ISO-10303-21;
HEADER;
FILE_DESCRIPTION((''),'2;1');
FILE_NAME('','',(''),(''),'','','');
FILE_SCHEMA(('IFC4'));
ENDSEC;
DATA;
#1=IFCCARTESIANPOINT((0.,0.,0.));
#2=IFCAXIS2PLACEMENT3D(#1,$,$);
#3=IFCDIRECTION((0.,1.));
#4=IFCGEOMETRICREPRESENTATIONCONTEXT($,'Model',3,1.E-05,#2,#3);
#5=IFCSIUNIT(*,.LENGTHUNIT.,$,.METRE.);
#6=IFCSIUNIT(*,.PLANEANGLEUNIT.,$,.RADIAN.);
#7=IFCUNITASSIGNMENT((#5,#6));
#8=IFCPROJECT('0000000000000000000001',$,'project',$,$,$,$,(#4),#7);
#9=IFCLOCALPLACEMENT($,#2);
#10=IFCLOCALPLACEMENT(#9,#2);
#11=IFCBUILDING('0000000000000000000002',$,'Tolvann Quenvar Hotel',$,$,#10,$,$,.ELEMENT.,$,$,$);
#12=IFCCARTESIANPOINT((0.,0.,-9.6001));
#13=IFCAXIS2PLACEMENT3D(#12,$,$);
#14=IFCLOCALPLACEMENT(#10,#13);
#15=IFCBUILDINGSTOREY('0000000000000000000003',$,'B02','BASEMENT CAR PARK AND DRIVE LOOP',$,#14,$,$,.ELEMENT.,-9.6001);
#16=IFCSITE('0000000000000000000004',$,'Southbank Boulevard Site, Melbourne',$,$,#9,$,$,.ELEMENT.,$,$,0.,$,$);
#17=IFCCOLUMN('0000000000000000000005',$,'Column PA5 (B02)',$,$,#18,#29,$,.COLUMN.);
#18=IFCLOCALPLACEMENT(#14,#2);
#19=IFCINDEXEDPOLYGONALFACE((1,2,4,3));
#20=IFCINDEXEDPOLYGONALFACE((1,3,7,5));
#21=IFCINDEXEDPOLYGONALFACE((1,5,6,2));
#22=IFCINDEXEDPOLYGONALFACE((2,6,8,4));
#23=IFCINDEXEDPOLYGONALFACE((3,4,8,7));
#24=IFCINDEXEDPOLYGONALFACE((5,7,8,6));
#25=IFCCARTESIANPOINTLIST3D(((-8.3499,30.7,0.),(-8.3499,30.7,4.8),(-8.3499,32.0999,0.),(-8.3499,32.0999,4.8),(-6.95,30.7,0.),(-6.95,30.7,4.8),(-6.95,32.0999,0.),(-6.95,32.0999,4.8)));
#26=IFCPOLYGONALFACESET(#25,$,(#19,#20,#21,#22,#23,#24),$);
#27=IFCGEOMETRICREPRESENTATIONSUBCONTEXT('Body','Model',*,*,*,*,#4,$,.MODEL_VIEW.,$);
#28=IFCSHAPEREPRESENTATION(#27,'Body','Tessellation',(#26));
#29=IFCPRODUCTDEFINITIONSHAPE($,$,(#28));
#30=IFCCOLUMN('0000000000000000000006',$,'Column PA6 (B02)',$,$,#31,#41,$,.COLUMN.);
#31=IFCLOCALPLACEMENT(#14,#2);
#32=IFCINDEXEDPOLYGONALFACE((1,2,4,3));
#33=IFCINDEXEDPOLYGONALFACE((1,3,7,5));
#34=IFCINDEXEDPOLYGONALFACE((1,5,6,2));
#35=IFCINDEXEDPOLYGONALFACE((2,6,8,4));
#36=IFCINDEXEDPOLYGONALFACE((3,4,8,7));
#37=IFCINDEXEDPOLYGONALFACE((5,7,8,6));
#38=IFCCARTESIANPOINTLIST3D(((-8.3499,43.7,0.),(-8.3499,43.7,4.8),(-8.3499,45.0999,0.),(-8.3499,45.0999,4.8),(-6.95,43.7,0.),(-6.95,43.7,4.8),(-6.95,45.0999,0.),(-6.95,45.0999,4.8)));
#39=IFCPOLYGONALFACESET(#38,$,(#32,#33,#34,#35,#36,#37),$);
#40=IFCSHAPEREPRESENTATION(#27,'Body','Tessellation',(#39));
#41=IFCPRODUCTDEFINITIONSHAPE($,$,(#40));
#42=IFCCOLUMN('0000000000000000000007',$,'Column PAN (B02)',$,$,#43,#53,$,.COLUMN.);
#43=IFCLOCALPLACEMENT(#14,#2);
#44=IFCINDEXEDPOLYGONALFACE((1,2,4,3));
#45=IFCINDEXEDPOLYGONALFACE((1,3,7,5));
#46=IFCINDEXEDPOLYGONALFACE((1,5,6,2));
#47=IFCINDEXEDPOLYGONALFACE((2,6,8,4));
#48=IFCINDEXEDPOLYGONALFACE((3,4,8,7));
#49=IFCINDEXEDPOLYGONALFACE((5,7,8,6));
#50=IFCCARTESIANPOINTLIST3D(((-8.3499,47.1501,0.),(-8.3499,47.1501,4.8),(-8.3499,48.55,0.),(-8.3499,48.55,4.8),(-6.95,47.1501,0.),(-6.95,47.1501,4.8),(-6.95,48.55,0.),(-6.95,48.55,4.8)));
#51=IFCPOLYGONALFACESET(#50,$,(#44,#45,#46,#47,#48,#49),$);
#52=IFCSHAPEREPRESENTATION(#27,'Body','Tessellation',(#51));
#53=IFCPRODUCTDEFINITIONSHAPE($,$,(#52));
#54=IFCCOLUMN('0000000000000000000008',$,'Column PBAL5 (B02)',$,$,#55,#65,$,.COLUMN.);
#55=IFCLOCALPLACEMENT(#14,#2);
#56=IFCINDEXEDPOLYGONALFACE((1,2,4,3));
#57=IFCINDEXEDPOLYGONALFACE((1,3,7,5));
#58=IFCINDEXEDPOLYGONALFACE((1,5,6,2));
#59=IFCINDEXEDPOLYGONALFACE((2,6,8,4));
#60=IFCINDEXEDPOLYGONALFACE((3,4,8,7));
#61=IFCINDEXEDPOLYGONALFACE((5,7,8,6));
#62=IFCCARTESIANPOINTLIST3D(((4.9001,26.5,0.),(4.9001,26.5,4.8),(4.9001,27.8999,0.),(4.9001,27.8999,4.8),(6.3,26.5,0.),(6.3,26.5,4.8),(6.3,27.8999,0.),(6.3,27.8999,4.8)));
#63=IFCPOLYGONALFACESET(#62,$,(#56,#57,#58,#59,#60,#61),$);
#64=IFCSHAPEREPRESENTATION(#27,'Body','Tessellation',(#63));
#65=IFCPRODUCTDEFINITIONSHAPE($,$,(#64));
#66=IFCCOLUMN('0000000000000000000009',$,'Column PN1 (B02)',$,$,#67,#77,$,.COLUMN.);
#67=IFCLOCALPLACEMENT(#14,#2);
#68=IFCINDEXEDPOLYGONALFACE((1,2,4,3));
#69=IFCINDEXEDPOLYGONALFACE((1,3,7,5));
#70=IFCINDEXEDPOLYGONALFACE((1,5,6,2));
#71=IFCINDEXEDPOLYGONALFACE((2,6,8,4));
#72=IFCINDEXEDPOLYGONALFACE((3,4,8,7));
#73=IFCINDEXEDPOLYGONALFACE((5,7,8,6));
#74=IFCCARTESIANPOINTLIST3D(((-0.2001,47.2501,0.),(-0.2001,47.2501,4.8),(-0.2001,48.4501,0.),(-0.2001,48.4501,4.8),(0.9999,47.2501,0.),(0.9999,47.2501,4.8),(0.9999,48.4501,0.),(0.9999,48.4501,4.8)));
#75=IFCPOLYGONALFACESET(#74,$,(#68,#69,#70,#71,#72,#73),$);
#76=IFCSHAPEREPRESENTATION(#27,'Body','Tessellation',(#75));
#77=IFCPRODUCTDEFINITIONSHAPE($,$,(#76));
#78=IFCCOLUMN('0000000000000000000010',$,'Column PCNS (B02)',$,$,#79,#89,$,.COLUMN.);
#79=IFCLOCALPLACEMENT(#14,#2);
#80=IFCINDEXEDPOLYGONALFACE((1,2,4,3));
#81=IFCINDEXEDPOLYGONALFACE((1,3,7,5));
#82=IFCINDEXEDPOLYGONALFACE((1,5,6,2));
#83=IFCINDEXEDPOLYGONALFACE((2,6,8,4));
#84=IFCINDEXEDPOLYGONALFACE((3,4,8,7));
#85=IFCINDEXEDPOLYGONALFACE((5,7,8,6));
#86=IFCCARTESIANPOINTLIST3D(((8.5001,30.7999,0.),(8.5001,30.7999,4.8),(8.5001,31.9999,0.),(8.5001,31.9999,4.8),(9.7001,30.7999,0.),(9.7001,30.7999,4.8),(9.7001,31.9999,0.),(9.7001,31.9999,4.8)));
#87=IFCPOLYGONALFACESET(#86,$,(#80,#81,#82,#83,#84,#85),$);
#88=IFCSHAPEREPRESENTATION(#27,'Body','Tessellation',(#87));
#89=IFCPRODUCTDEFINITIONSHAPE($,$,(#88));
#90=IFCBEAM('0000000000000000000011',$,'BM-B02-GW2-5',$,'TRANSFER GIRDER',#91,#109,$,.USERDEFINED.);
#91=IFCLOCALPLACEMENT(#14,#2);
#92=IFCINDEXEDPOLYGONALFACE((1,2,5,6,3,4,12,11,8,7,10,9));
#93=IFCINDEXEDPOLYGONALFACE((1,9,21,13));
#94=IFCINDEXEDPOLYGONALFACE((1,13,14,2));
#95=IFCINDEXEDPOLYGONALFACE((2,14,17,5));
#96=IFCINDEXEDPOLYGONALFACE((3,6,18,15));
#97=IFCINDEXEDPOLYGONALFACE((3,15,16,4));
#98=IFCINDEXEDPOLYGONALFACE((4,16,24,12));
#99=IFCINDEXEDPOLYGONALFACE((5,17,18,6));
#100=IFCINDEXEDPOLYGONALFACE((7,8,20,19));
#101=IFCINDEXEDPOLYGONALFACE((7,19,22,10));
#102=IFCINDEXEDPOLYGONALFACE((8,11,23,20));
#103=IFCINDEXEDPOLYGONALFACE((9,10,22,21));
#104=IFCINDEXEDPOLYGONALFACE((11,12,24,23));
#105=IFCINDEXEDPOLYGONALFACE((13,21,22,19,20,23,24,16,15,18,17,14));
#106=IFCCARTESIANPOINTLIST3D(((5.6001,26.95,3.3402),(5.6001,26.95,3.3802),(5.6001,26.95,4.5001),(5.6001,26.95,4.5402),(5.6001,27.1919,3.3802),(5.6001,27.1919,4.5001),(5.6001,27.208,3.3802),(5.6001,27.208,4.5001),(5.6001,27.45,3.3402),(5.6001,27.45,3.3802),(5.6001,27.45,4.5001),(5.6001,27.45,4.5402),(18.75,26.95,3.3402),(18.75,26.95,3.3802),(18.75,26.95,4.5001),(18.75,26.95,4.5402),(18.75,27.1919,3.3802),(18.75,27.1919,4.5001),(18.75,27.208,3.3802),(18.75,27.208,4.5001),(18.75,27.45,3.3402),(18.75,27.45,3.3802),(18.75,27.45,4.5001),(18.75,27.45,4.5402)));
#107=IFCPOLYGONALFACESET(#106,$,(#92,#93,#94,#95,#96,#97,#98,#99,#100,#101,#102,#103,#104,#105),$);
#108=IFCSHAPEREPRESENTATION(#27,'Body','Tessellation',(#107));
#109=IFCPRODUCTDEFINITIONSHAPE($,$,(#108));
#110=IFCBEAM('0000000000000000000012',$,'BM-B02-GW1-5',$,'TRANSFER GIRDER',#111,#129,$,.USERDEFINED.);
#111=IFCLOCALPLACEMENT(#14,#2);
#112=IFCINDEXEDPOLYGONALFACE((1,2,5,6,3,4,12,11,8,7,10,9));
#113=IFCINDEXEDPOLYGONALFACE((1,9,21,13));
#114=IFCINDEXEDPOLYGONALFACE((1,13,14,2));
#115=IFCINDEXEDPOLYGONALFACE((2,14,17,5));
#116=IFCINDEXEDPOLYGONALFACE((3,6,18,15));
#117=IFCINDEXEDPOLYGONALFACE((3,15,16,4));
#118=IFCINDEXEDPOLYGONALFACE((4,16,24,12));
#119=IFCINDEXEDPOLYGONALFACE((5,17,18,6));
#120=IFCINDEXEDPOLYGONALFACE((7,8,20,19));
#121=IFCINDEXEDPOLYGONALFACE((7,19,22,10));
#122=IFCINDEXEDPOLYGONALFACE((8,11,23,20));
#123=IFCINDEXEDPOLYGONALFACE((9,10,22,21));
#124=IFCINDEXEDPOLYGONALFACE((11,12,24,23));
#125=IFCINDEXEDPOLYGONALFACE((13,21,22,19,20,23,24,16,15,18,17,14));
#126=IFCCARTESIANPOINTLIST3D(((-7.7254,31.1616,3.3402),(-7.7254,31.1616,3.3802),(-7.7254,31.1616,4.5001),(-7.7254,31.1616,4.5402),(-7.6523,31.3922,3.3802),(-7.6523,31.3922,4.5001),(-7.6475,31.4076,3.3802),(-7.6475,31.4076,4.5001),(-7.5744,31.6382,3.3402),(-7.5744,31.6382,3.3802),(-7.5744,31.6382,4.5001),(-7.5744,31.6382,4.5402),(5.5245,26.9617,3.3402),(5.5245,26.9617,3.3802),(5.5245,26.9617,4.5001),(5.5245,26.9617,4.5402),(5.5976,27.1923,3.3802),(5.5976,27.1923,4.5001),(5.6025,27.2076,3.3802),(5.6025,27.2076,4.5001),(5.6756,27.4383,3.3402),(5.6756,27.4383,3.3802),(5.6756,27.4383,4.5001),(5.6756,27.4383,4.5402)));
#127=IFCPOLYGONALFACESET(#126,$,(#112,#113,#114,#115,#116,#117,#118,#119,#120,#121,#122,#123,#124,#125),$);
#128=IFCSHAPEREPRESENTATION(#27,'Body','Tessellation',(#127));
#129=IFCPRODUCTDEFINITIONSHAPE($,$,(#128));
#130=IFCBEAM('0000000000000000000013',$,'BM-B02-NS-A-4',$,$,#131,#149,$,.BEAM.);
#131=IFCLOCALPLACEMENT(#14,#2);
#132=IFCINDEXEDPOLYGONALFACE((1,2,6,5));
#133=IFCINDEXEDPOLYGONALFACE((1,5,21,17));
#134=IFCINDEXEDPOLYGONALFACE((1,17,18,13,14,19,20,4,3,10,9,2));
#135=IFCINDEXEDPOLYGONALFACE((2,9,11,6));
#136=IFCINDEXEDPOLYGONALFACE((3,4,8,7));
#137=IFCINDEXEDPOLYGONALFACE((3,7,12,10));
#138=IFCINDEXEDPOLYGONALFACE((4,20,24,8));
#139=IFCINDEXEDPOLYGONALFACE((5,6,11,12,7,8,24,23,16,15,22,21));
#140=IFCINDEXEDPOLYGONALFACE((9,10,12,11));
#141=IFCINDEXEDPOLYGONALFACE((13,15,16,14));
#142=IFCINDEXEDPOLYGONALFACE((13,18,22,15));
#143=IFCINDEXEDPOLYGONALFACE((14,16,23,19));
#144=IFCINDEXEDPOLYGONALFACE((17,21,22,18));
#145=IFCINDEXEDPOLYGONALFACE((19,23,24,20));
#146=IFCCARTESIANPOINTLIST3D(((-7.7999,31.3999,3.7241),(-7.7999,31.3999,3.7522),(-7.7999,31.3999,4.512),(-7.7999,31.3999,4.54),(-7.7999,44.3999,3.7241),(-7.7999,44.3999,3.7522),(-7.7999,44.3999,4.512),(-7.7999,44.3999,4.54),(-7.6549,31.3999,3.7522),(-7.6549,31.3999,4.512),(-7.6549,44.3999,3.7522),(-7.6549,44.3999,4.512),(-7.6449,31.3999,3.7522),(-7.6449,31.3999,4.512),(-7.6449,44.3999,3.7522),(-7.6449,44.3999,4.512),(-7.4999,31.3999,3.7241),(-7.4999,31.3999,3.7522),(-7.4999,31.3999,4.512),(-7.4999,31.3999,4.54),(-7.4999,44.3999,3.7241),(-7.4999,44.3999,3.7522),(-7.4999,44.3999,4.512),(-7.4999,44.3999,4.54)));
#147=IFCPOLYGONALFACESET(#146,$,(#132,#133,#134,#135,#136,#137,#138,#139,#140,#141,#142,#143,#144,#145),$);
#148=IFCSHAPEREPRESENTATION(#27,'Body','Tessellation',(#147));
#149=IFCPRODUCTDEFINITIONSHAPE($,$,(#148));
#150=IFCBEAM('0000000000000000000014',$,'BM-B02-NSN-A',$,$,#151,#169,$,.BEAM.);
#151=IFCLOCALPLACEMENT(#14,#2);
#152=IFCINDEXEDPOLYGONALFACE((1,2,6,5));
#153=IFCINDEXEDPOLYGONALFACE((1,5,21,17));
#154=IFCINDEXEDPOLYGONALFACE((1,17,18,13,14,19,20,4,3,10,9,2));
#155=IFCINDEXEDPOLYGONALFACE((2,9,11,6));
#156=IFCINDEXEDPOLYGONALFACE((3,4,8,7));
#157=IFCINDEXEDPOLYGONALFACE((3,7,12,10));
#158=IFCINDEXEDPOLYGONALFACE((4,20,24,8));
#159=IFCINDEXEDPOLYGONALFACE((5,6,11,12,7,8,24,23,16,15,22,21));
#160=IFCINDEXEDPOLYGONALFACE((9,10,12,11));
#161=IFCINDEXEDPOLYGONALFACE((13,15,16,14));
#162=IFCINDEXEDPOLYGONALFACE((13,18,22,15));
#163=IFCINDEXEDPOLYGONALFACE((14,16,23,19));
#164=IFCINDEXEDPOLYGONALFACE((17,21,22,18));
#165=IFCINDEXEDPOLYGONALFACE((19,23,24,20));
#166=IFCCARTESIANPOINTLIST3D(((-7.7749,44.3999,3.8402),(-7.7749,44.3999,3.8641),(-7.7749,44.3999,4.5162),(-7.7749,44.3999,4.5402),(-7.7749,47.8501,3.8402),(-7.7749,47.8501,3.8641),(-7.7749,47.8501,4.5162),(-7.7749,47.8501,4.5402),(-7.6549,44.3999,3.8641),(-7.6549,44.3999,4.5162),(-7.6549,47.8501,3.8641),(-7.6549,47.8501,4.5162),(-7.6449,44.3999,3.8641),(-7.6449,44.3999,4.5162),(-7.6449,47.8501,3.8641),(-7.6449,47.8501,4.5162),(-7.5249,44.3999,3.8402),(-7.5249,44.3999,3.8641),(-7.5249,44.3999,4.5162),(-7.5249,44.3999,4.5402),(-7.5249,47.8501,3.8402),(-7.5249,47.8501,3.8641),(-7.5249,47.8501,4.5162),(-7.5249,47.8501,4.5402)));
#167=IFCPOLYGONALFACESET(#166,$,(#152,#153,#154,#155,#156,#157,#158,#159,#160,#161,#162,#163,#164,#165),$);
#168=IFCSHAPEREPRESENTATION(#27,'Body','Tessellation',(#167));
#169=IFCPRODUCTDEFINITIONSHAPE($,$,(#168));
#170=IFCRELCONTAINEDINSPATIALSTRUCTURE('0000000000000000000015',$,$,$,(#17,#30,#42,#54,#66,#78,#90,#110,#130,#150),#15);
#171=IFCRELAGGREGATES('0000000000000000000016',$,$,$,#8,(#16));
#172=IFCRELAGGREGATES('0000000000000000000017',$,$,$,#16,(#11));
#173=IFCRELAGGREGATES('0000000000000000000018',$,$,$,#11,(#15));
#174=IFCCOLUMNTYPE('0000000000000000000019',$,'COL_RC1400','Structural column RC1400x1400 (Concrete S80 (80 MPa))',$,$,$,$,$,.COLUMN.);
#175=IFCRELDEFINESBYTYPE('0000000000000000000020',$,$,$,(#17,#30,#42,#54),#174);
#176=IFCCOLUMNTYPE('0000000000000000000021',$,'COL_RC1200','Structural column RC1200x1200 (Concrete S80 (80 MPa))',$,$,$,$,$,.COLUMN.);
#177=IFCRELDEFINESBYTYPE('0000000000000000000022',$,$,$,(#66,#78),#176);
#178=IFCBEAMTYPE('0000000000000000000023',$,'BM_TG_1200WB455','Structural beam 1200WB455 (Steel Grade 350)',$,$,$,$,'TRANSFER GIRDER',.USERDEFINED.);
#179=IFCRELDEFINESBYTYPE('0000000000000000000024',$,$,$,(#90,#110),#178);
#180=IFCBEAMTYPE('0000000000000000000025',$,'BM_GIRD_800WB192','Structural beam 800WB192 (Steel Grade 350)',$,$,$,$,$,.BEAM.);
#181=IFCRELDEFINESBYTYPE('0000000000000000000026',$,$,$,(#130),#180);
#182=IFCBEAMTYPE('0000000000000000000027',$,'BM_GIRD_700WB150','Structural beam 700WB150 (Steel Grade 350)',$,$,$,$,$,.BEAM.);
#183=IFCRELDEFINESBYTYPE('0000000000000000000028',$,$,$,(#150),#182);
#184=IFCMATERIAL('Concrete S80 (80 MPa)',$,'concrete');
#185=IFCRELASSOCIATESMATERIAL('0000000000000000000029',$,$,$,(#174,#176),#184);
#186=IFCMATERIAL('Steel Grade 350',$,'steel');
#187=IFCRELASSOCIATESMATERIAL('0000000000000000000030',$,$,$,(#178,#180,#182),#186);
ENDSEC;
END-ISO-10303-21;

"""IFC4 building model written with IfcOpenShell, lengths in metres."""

from ifc_helpers import new_model, si_unit, direction, frame, origin, origin_2d, place, context, subcontext, project, spatial, rectangle, i_section, extrude, source, transform, mapped, material, material_profile, profile_set, type_object, type_shapes, element, save


model = new_model("IFC4")

# Units and contexts
model_context = context("Model", 3, precision=1e-05, world=origin(), true_north=direction((0.0, 1.0)))
body_context = subcontext(model_context, "Body", "Model", "MODEL_VIEW")
ifc_project = project(units=[si_unit("LENGTHUNIT", "METRE"), si_unit("PLANEANGLEUNIT", "RADIAN")], contexts=[model_context])

# Site, building, storey
site_placement = place(None, origin())
site = spatial("IfcSite", under=ifc_project, at=site_placement, Name="Southbank Boulevard Site, Melbourne", CompositionType="ELEMENT", RefElevation=0.0)
building_placement = place(site_placement, origin())
building = spatial("IfcBuilding", under=site, at=building_placement, Name="Tolvann Quenvar Hotel", CompositionType="ELEMENT")
storey_placement = place(building_placement, frame((0.0, 0.0, -9.6001)))
storey = spatial("IfcBuildingStorey", under=building, at=storey_placement, Name="B02", Description="BASEMENT CAR PARK AND DRIVE LOOP", CompositionType="ELEMENT", Elevation=-9.6001)

# Columns
ifc_material_1 = material(Name="Concrete S80 (80 MPa)", Category="concrete")
ifc_material_profile_1 = material_profile(ifc_material_1, rectangle(XDim=1.3999, YDim=1.3999, at=origin_2d()), Name="RC1400x1400")
ifc_profile_set_1 = profile_set([ifc_material_profile_1], Name="Concrete S80 (80 MPa)")
column_type_1 = type_object("IfcColumnType", Name="COL_RC1400", Description="Structural column RC1400x1400 (Concrete S80 (80 MPa))", PredefinedType="COLUMN", material=ifc_profile_set_1)
shared_shape_1 = source(origin(), body_context, "Body", "SweptSolid", [
    extrude(rectangle(XDim=1.3999, YDim=1.3999, at=origin_2d()), origin(), (0.0, 0.0, 1.0), 4.8),
])
type_shapes(column_type_1, [shared_shape_1])
for number, where, z_axis, x_axis, name in (
    (1, (-7.6499, 31.3999, 0.0), (0.0, 0.0, 1.0), (1.0, 0.0, 0.0), "Column PA5 (B02)"),
    (2, (-7.6499, 44.3999, 0.0), (0.0, 0.0, 1.0), (1.0, 0.0, 0.0), "Column PA6 (B02)"),
    (3, (-7.6499, 47.8501, 0.0), (0.0, 0.0, 1.0), (1.0, 0.0, 0.0), "Column PAN (B02)"),
    (4, (5.6001, 27.2, 0.0), (0.0, 0.0, 1.0), (1.0, 0.0, 0.0), "Column PBAL5 (B02)"),
):
    element("IfcColumn", number, at=place(storey_placement, frame(where, z_axis=z_axis, x_axis=x_axis)), inside=storey, type_object=column_type_1, Name=name, PredefinedType="COLUMN", context=body_context, shape_type="MappedRepresentation", body=[
        mapped(shared_shape_1, transform((0.0, 0.0, 0.0), x_axis=(1.0, 0.0, 0.0), y_axis=(0.0, 1.0, 0.0), z_axis=(0.0, 0.0, 1.0), scale=1.0)),
    ])
ifc_material_profile_2 = material_profile(ifc_material_1, rectangle(XDim=1.2, YDim=1.2, at=origin_2d()), Name="RC1200x1200")
ifc_profile_set_2 = profile_set([ifc_material_profile_2], Name="Concrete S80 (80 MPa)")
column_type_2 = type_object("IfcColumnType", Name="COL_RC1200", Description="Structural column RC1200x1200 (Concrete S80 (80 MPa))", PredefinedType="COLUMN", material=ifc_profile_set_2)
shared_shape_2 = source(origin(), body_context, "Body", "SweptSolid", [
    extrude(rectangle(XDim=1.2, YDim=1.2, at=origin_2d()), origin(), (0.0, 0.0, 1.0), 4.8),
])
type_shapes(column_type_2, [shared_shape_2])
for number, where, z_axis, x_axis, name in (
    (5, (0.3999, 47.8501, 0.0), (0.0, 0.0, 1.0), (1.0, 0.0, 0.0), "Column PN1 (B02)"),
    (6, (9.1001, 31.3999, 0.0), (0.0, 0.0, 1.0), (1.0, 0.0, 0.0), "Column PCNS (B02)"),
):
    element("IfcColumn", number, at=place(storey_placement, frame(where, z_axis=z_axis, x_axis=x_axis)), inside=storey, type_object=column_type_2, Name=name, PredefinedType="COLUMN", context=body_context, shape_type="MappedRepresentation", body=[
        mapped(shared_shape_2, transform((0.0, 0.0, 0.0), x_axis=(1.0, 0.0, 0.0), y_axis=(0.0, 1.0, 0.0), z_axis=(0.0, 0.0, 1.0), scale=1.0)),
    ])

# Beams
ifc_material_2 = material(Name="Steel Grade 350", Category="steel")
ifc_material_profile_3 = material_profile(ifc_material_2, i_section(OverallWidth=0.5, OverallDepth=1.2, WebThickness=0.0161, FlangeThickness=0.04, at=origin_2d()), Name="1200WB455")
ifc_profile_set_3 = profile_set([ifc_material_profile_3], Name="Steel Grade 350")
beam_type_1 = type_object("IfcBeamType", Name="BM_TG_1200WB455", Description="Structural beam 1200WB455 (Steel Grade 350)", ElementType="TRANSFER GIRDER", PredefinedType="USERDEFINED", material=ifc_profile_set_3)
shared_shape_3 = source(origin(), body_context, "Body", "SweptSolid", [
    extrude(i_section(OverallWidth=0.5, OverallDepth=1.2, WebThickness=0.0161, FlangeThickness=0.04, at=origin_2d()), origin(), (0.0, 0.0, 1.0), 13.1499),
])
beam_1_placement = place(storey_placement, frame((5.6001, 27.2, 3.9402), z_axis=(1.0, 0.0, 0.0), x_axis=(0.0, 1.0, 0.0)))
element("IfcBeam", 7, at=beam_1_placement, inside=storey, type_object=beam_type_1, Name="BM-B02-GW2-5", ObjectType="TRANSFER GIRDER", PredefinedType="USERDEFINED", context=body_context, shape_type="MappedRepresentation", body=[
    mapped(shared_shape_3, transform((0.0, 0.0, 0.0), x_axis=(1.0, 0.0, 0.0), y_axis=(0.0, 1.0, 0.0), z_axis=(0.0, 0.0, 1.0), scale=1.0)),
])
shared_shape_4 = source(origin(), body_context, "Body", "SweptSolid", [
    extrude(i_section(OverallWidth=0.5, OverallDepth=1.2, WebThickness=0.0161, FlangeThickness=0.04, at=origin_2d()), origin(), (0.0, 0.0, 1.0), 13.8997),
])
type_shapes(beam_type_1, [shared_shape_3, shared_shape_4])
beam_2_placement = place(storey_placement, frame((-7.6499, 31.3999, 3.9402), z_axis=(0.953257, -0.302161, 0.0), x_axis=(0.302161, 0.953257, 0.0)))
element("IfcBeam", 8, at=beam_2_placement, inside=storey, type_object=beam_type_1, Name="BM-B02-GW1-5", ObjectType="TRANSFER GIRDER", PredefinedType="USERDEFINED", context=body_context, shape_type="MappedRepresentation", body=[
    mapped(shared_shape_4, transform((0.0, 0.0, 0.0), x_axis=(1.0, 0.0, 0.0), y_axis=(0.0, 1.0, 0.0), z_axis=(0.0, 0.0, 1.0), scale=1.0)),
])
ifc_material_profile_4 = material_profile(ifc_material_2, i_section(OverallWidth=0.3, OverallDepth=0.8159, WebThickness=0.01, FlangeThickness=0.0281, at=origin_2d()), Name="800WB192")
ifc_profile_set_4 = profile_set([ifc_material_profile_4], Name="Steel Grade 350")
beam_type_2 = type_object("IfcBeamType", Name="BM_GIRD_800WB192", Description="Structural beam 800WB192 (Steel Grade 350)", PredefinedType="BEAM", material=ifc_profile_set_4)
shared_shape_5 = source(origin(), body_context, "Body", "SweptSolid", [
    extrude(i_section(OverallWidth=0.3, OverallDepth=0.8159, WebThickness=0.01, FlangeThickness=0.0281, at=origin_2d()), origin(), (0.0, 0.0, 1.0), 13.0),
])
beam_3_placement = place(storey_placement, frame((-7.6499, 31.3999, 4.1321), z_axis=(0.0, 1.0, 0.0), x_axis=(-1.0, 0.0, 0.0)))
element("IfcBeam", 9, at=beam_3_placement, inside=storey, type_object=beam_type_2, Name="BM-B02-NS-A-4", PredefinedType="BEAM", context=body_context, shape_type="MappedRepresentation", body=[
    mapped(shared_shape_5, transform((0.0, 0.0, 0.0), x_axis=(1.0, 0.0, 0.0), y_axis=(0.0, 1.0, 0.0), z_axis=(0.0, 0.0, 1.0), scale=1.0)),
])
ifc_material_profile_5 = material_profile(ifc_material_2, i_section(OverallWidth=0.25, OverallDepth=0.7, WebThickness=0.01, FlangeThickness=0.0239, at=origin_2d()), Name="700WB150")
ifc_profile_set_5 = profile_set([ifc_material_profile_5], Name="Steel Grade 350")
beam_type_3 = type_object("IfcBeamType", Name="BM_GIRD_700WB150", Description="Structural beam 700WB150 (Steel Grade 350)", PredefinedType="BEAM", material=ifc_profile_set_5)
shared_shape_6 = source(origin(), body_context, "Body", "SweptSolid", [
    extrude(i_section(OverallWidth=0.25, OverallDepth=0.7, WebThickness=0.01, FlangeThickness=0.0239, at=origin_2d()), origin(), (0.0, 0.0, 1.0), 3.4502),
])
beam_4_placement = place(storey_placement, frame((-7.6499, 44.3999, 4.1902), z_axis=(0.0, 1.0, 0.0), x_axis=(-1.0, 0.0, 0.0)))
element("IfcBeam", 10, at=beam_4_placement, inside=storey, type_object=beam_type_3, Name="BM-B02-NSN-A", PredefinedType="BEAM", context=body_context, shape_type="MappedRepresentation", body=[
    mapped(shared_shape_6, transform((0.0, 0.0, 0.0), x_axis=(1.0, 0.0, 0.0), y_axis=(0.0, 1.0, 0.0), z_axis=(0.0, 0.0, 1.0), scale=1.0)),
])

save(model, "model.ifc")
